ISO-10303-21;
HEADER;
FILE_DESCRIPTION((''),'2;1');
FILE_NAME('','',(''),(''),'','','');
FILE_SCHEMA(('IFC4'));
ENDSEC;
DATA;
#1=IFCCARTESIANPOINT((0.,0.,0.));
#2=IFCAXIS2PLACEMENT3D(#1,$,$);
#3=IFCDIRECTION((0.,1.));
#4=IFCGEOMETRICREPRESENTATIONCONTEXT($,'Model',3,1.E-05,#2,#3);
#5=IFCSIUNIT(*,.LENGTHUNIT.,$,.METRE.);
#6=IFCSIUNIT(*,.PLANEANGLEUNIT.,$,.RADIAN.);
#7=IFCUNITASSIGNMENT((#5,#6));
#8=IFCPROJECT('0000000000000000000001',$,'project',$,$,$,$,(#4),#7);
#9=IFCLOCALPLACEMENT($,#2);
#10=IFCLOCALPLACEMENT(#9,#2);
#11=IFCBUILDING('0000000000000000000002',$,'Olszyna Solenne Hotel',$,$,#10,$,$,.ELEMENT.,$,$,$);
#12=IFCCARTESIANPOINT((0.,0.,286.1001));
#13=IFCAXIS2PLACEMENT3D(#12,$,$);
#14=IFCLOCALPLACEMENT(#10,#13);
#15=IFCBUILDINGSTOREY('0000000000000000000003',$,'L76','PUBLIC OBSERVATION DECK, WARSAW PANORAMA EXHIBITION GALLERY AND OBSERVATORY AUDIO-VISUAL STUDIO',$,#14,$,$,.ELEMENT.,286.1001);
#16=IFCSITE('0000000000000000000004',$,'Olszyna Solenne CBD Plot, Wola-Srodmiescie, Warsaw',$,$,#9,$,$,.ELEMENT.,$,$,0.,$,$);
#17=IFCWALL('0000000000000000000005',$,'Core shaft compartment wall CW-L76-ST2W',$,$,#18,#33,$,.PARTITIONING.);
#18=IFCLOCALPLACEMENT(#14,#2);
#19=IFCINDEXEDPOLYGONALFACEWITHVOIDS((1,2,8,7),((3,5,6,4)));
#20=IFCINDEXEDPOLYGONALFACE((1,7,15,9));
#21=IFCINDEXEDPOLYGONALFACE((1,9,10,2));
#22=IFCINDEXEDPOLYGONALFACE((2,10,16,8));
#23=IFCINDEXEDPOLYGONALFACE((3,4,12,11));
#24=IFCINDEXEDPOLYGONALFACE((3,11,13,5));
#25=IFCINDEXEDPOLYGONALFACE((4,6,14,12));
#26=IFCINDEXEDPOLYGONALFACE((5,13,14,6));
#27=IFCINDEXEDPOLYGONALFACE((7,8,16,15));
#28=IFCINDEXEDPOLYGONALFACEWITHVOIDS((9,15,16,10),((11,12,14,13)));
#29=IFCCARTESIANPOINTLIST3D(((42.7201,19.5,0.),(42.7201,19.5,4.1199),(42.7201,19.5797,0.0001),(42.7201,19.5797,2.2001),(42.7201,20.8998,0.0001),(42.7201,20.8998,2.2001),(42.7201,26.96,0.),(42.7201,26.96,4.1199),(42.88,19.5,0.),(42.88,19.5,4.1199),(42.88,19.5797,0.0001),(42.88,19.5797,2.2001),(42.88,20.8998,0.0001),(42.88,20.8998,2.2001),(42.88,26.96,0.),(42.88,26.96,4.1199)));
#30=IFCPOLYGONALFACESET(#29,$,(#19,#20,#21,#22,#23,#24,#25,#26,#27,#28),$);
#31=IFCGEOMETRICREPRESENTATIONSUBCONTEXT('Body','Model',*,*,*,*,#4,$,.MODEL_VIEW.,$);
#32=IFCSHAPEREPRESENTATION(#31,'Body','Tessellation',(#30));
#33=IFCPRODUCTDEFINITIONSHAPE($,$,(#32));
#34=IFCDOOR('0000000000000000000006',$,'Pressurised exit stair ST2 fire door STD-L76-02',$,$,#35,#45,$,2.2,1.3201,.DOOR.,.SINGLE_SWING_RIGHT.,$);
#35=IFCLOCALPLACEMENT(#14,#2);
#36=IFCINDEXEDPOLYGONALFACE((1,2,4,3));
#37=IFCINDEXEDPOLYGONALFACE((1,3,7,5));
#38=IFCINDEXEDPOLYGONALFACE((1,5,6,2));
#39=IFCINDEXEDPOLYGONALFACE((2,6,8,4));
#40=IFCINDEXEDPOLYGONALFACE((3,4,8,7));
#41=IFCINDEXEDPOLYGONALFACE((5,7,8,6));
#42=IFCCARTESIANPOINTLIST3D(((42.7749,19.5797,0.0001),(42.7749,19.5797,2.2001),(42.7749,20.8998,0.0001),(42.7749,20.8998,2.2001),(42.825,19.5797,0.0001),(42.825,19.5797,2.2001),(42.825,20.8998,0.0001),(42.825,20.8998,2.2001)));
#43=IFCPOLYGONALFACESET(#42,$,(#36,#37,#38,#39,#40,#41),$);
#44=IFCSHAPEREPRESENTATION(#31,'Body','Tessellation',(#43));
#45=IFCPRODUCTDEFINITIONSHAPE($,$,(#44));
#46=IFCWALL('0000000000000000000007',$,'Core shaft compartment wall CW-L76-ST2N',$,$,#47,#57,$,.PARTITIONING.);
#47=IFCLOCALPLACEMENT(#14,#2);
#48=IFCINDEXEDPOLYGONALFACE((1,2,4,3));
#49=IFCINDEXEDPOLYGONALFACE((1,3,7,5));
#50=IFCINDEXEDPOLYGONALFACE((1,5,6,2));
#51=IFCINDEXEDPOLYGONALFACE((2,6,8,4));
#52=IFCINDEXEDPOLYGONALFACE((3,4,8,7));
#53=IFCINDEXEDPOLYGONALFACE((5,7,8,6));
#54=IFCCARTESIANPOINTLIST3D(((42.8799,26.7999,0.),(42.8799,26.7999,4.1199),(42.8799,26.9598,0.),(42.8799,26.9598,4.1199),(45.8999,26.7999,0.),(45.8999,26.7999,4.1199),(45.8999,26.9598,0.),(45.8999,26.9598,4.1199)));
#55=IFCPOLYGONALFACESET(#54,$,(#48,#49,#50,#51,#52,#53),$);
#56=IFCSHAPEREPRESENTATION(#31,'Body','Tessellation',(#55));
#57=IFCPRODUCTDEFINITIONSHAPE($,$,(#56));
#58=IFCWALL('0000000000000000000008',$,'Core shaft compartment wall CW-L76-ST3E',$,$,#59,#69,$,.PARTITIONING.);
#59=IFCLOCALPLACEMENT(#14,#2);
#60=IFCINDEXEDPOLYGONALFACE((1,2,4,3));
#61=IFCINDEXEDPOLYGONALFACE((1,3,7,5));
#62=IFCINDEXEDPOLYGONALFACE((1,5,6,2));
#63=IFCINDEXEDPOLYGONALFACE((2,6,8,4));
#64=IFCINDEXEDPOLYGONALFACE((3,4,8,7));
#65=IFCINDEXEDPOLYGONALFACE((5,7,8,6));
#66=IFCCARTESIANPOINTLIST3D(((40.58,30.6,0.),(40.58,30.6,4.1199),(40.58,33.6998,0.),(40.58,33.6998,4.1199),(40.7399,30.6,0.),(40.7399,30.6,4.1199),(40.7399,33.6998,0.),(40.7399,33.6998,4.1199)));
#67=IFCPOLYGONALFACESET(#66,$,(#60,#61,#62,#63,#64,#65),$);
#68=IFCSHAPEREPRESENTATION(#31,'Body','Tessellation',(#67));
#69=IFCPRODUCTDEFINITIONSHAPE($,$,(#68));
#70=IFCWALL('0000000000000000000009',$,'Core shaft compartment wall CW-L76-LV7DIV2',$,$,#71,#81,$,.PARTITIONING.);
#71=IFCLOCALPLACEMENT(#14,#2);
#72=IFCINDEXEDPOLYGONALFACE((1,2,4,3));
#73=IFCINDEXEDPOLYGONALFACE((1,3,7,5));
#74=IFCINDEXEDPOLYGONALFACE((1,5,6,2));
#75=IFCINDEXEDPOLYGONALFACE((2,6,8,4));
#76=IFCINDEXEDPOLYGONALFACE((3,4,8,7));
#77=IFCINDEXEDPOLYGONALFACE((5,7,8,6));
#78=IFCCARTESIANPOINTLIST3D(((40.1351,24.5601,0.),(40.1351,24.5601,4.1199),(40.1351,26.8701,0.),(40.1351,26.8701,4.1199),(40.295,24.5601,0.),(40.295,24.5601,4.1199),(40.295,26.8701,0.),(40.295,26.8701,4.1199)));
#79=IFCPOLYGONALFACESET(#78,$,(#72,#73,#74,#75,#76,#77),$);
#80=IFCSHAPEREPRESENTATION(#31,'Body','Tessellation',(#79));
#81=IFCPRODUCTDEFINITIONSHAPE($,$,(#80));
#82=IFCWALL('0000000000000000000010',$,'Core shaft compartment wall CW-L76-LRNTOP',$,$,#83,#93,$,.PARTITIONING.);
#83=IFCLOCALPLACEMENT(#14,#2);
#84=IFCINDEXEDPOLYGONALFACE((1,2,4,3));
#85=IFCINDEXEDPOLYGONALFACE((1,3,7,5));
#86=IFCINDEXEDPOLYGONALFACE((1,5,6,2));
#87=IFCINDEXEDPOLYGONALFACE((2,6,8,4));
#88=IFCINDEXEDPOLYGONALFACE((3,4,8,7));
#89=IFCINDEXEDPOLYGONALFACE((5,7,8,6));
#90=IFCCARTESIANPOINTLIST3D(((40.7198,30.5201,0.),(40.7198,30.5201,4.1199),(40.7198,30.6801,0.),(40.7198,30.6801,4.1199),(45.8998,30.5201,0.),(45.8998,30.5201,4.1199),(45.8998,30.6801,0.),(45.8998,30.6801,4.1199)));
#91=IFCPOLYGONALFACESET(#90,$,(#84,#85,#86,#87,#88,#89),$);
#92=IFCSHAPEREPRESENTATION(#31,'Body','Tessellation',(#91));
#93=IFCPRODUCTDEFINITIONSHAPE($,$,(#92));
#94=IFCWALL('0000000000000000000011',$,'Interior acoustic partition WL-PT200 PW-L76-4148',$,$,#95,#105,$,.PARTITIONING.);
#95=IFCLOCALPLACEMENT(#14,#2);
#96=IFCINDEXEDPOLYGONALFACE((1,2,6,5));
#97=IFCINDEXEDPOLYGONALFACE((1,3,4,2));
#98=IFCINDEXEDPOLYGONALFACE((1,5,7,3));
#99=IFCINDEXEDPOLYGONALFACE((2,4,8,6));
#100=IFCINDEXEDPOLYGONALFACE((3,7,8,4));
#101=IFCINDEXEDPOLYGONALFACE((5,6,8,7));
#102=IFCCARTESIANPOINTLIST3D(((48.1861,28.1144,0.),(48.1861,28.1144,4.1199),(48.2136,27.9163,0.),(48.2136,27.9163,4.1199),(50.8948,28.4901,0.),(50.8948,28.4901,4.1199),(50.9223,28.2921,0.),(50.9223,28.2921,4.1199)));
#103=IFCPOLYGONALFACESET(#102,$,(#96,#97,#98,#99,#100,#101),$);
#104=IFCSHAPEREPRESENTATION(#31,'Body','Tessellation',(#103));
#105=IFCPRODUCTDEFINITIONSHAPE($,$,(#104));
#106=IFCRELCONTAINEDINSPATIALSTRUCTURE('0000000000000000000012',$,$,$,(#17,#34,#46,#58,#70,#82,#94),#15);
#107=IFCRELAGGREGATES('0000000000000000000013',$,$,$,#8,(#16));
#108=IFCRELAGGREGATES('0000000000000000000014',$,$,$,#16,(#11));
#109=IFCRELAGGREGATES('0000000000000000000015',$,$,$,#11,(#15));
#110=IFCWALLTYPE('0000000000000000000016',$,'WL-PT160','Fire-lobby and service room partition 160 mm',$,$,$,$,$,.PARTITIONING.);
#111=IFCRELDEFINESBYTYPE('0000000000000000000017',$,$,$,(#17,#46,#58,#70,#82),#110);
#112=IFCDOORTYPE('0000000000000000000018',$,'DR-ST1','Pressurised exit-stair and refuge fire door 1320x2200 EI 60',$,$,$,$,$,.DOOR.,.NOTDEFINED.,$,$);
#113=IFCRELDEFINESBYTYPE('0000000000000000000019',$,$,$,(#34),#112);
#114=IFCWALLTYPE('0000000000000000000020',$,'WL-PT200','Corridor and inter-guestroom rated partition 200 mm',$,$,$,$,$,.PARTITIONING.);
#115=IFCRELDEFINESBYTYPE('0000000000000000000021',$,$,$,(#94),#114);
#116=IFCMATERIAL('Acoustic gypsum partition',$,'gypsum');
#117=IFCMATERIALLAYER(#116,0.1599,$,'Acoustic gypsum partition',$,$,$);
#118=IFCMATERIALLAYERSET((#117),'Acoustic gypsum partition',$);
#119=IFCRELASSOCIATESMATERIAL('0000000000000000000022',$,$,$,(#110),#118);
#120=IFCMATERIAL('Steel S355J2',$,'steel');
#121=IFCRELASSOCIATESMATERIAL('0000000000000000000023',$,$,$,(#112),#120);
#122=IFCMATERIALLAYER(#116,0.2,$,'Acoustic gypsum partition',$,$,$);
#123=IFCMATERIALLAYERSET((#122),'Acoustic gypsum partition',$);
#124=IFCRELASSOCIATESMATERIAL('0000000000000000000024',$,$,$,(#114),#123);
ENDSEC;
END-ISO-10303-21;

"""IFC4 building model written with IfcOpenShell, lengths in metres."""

from ifc_helpers import new_model, si_unit, direction, frame, frame_2d, origin, place, context, subcontext, project, spatial, rectangle, extrude, source, transform, mapped, material, layer, layer_set, type_object, type_shapes, element, fill, save


model = new_model("IFC4")

# Units and contexts
model_context = context("Model", 3, precision=1e-05, world=origin(), true_north=direction((0.0, 1.0)))
body_context = subcontext(model_context, "Body", "Model", "MODEL_VIEW")
ifc_project = project(units=[si_unit("LENGTHUNIT", "METRE"), si_unit("PLANEANGLEUNIT", "RADIAN")], contexts=[model_context])

# Site, building, storey
site_placement = place(None, origin())
site = spatial("IfcSite", under=ifc_project, at=site_placement, Name="Olszyna Solenne CBD Plot, Wola-Srodmiescie, Warsaw", CompositionType="ELEMENT", RefElevation=0.0)
building_placement = place(site_placement, origin())
building = spatial("IfcBuilding", under=site, at=building_placement, Name="Olszyna Solenne Hotel", CompositionType="ELEMENT")
storey_placement = place(building_placement, frame((0.0, 0.0, 286.1001)))
storey = spatial("IfcBuildingStorey", under=building, at=storey_placement, Name="L76", Description="PUBLIC OBSERVATION DECK, WARSAW PANORAMA EXHIBITION GALLERY AND OBSERVATORY AUDIO-VISUAL STUDIO", CompositionType="ELEMENT", Elevation=286.1001)

# Shared definitions
ifc_material_1 = material(Name="Steel S355J2", Category="steel")

# Shared definitions
ifc_material_2 = material(Name="Acoustic gypsum partition", Category="gypsum")

# Wall, opening, door
ifc_layer_1 = layer(ifc_material_2, 0.1599, Name="Acoustic gypsum partition")
ifc_layer_set_1 = layer_set([ifc_layer_1], Name="Acoustic gypsum partition")
wall_type_1 = type_object("IfcWallType", Name="WL-PT160", Description="Fire-lobby and service room partition 160 mm", PredefinedType="PARTITIONING", material=ifc_layer_set_1)
wall_1_placement = place(storey_placement, frame((42.8, 26.96, 0.0), z_axis=(0.0, 0.0, 1.0), x_axis=(0.0, -1.0, 0.0)))
wall_1 = element("IfcWall", 1, at=wall_1_placement, inside=storey, type_object=wall_type_1, Name="Core shaft compartment wall CW-L76-ST2W", PredefinedType="PARTITIONING", context=body_context, shape_type="SweptSolid", body=[
    extrude(rectangle(XDim=7.46, YDim=0.1599, at=frame_2d((3.73, 0.0))), origin(), (0.0, 0.0, 1.0), 4.1199),
])
opening_1_placement = place(wall_1_placement, frame((6.0601, 0.0, 0.0)))
opening_1 = element("IfcOpeningElement", 2, at=opening_1_placement, cuts=wall_1, PredefinedType="OPENING", context=body_context, shape_type="SweptSolid", body=[
    extrude(rectangle(XDim=1.3201, YDim=2.2, at=frame_2d((0.6602, 1.1001))), frame((0.0, 0.0898, 0.0), z_axis=(0.0, -1.0, 0.0), x_axis=(1.0, 0.0, 0.0)), (0.0, 0.0, 1.0), 0.1799),
])
door_type_1 = type_object("IfcDoorType", Name="DR-ST1", Description="Pressurised exit-stair and refuge fire door 1320x2200 EI 60", OperationType="NOTDEFINED", PredefinedType="DOOR", material=ifc_material_1)
shared_shape_1 = source(origin(), body_context, "Body", "SweptSolid", [
    extrude(rectangle(XDim=1.3201, YDim=2.2, at=frame_2d((0.6602, 1.1001))), frame((0.0, 0.0249, 0.0), z_axis=(0.0, -1.0, 0.0), x_axis=(1.0, 0.0, 0.0)), (0.0, 0.0, 1.0), 0.05),
])
type_shapes(door_type_1, [shared_shape_1])
door_1_placement = place(opening_1_placement, origin())
door_1 = element("IfcDoor", 3, at=door_1_placement, inside=storey, type_object=door_type_1, Name="Pressurised exit stair ST2 fire door STD-L76-02", OperationType="SINGLE_SWING_RIGHT", OverallHeight=2.2, OverallWidth=1.3201, PredefinedType="DOOR", context=body_context, shape_type="MappedRepresentation", body=[
    mapped(shared_shape_1, transform((0.0, 0.0, 0.0), x_axis=(1.0, 0.0, 0.0), y_axis=(0.0, 1.0, 0.0), z_axis=(0.0, 0.0, 1.0), scale=1.0)),
])
fill(opening_1, door_1)

# Walls
wall_2_placement = place(storey_placement, frame((42.8799, 26.8799, 0.0), z_axis=(0.0, 0.0, 1.0), x_axis=(1.0, 0.0, 0.0)))
element("IfcWall", 4, at=wall_2_placement, inside=storey, type_object=wall_type_1, Name="Core shaft compartment wall CW-L76-ST2N", PredefinedType="PARTITIONING", context=body_context, shape_type="SweptSolid", body=[
    extrude(rectangle(XDim=3.02, YDim=0.1599, at=frame_2d((1.51, 0.0))), origin(), (0.0, 0.0, 1.0), 4.1199),
])
wall_3_placement = place(storey_placement, frame((40.6599, 30.6001, 0.0), z_axis=(0.0, 0.0, 1.0), x_axis=(0.0, 1.0, 0.0)))
element("IfcWall", 5, at=wall_3_placement, inside=storey, type_object=wall_type_1, Name="Core shaft compartment wall CW-L76-ST3E", PredefinedType="PARTITIONING", context=body_context, shape_type="SweptSolid", body=[
    extrude(rectangle(XDim=3.0999, YDim=0.1599, at=frame_2d((1.5498, 0.0))), origin(), (0.0, 0.0, 1.0), 4.1199),
])
wall_4_placement = place(storey_placement, frame((40.2151, 24.5601, 0.0), z_axis=(0.0, 0.0, 1.0), x_axis=(0.0, 1.0, 0.0)))
element("IfcWall", 6, at=wall_4_placement, inside=storey, type_object=wall_type_1, Name="Core shaft compartment wall CW-L76-LV7DIV2", PredefinedType="PARTITIONING", context=body_context, shape_type="SweptSolid", body=[
    extrude(rectangle(XDim=2.3101, YDim=0.1599, at=frame_2d((1.155, 0.0))), origin(), (0.0, 0.0, 1.0), 4.1199),
])
wall_5_placement = place(storey_placement, frame((40.72, 30.6001, 0.0), z_axis=(0.0, 0.0, 1.0), x_axis=(1.0, 0.0, 0.0)))
element("IfcWall", 7, at=wall_5_placement, inside=storey, type_object=wall_type_1, Name="Core shaft compartment wall CW-L76-LRNTOP", PredefinedType="PARTITIONING", context=body_context, shape_type="SweptSolid", body=[
    extrude(rectangle(XDim=5.1799, YDim=0.1599, at=frame_2d((2.5898, 0.0))), origin(), (0.0, 0.0, 1.0), 4.1199),
])
ifc_layer_2 = layer(ifc_material_2, 0.2, Name="Acoustic gypsum partition")
ifc_layer_set_2 = layer_set([ifc_layer_2], Name="Acoustic gypsum partition")
wall_type_2 = type_object("IfcWallType", Name="WL-PT200", Description="Corridor and inter-guestroom rated partition 200 mm", PredefinedType="PARTITIONING", material=ifc_layer_set_2)
wall_6_placement = place(storey_placement, frame((48.2, 28.0154, 0.0), z_axis=(0.0, 0.0, 1.0), x_axis=(0.990516, 0.137396, 0.0)))
element("IfcWall", 8, at=wall_6_placement, inside=storey, type_object=wall_type_2, Name="Interior acoustic partition WL-PT200 PW-L76-4148", PredefinedType="PARTITIONING", context=body_context, shape_type="SweptSolid", body=[
    extrude(rectangle(XDim=2.7346, YDim=0.2, at=frame_2d((1.3672, 0.0))), origin(), (0.0, 0.0, 1.0), 4.1199),
])

save(model, "model.ifc")
